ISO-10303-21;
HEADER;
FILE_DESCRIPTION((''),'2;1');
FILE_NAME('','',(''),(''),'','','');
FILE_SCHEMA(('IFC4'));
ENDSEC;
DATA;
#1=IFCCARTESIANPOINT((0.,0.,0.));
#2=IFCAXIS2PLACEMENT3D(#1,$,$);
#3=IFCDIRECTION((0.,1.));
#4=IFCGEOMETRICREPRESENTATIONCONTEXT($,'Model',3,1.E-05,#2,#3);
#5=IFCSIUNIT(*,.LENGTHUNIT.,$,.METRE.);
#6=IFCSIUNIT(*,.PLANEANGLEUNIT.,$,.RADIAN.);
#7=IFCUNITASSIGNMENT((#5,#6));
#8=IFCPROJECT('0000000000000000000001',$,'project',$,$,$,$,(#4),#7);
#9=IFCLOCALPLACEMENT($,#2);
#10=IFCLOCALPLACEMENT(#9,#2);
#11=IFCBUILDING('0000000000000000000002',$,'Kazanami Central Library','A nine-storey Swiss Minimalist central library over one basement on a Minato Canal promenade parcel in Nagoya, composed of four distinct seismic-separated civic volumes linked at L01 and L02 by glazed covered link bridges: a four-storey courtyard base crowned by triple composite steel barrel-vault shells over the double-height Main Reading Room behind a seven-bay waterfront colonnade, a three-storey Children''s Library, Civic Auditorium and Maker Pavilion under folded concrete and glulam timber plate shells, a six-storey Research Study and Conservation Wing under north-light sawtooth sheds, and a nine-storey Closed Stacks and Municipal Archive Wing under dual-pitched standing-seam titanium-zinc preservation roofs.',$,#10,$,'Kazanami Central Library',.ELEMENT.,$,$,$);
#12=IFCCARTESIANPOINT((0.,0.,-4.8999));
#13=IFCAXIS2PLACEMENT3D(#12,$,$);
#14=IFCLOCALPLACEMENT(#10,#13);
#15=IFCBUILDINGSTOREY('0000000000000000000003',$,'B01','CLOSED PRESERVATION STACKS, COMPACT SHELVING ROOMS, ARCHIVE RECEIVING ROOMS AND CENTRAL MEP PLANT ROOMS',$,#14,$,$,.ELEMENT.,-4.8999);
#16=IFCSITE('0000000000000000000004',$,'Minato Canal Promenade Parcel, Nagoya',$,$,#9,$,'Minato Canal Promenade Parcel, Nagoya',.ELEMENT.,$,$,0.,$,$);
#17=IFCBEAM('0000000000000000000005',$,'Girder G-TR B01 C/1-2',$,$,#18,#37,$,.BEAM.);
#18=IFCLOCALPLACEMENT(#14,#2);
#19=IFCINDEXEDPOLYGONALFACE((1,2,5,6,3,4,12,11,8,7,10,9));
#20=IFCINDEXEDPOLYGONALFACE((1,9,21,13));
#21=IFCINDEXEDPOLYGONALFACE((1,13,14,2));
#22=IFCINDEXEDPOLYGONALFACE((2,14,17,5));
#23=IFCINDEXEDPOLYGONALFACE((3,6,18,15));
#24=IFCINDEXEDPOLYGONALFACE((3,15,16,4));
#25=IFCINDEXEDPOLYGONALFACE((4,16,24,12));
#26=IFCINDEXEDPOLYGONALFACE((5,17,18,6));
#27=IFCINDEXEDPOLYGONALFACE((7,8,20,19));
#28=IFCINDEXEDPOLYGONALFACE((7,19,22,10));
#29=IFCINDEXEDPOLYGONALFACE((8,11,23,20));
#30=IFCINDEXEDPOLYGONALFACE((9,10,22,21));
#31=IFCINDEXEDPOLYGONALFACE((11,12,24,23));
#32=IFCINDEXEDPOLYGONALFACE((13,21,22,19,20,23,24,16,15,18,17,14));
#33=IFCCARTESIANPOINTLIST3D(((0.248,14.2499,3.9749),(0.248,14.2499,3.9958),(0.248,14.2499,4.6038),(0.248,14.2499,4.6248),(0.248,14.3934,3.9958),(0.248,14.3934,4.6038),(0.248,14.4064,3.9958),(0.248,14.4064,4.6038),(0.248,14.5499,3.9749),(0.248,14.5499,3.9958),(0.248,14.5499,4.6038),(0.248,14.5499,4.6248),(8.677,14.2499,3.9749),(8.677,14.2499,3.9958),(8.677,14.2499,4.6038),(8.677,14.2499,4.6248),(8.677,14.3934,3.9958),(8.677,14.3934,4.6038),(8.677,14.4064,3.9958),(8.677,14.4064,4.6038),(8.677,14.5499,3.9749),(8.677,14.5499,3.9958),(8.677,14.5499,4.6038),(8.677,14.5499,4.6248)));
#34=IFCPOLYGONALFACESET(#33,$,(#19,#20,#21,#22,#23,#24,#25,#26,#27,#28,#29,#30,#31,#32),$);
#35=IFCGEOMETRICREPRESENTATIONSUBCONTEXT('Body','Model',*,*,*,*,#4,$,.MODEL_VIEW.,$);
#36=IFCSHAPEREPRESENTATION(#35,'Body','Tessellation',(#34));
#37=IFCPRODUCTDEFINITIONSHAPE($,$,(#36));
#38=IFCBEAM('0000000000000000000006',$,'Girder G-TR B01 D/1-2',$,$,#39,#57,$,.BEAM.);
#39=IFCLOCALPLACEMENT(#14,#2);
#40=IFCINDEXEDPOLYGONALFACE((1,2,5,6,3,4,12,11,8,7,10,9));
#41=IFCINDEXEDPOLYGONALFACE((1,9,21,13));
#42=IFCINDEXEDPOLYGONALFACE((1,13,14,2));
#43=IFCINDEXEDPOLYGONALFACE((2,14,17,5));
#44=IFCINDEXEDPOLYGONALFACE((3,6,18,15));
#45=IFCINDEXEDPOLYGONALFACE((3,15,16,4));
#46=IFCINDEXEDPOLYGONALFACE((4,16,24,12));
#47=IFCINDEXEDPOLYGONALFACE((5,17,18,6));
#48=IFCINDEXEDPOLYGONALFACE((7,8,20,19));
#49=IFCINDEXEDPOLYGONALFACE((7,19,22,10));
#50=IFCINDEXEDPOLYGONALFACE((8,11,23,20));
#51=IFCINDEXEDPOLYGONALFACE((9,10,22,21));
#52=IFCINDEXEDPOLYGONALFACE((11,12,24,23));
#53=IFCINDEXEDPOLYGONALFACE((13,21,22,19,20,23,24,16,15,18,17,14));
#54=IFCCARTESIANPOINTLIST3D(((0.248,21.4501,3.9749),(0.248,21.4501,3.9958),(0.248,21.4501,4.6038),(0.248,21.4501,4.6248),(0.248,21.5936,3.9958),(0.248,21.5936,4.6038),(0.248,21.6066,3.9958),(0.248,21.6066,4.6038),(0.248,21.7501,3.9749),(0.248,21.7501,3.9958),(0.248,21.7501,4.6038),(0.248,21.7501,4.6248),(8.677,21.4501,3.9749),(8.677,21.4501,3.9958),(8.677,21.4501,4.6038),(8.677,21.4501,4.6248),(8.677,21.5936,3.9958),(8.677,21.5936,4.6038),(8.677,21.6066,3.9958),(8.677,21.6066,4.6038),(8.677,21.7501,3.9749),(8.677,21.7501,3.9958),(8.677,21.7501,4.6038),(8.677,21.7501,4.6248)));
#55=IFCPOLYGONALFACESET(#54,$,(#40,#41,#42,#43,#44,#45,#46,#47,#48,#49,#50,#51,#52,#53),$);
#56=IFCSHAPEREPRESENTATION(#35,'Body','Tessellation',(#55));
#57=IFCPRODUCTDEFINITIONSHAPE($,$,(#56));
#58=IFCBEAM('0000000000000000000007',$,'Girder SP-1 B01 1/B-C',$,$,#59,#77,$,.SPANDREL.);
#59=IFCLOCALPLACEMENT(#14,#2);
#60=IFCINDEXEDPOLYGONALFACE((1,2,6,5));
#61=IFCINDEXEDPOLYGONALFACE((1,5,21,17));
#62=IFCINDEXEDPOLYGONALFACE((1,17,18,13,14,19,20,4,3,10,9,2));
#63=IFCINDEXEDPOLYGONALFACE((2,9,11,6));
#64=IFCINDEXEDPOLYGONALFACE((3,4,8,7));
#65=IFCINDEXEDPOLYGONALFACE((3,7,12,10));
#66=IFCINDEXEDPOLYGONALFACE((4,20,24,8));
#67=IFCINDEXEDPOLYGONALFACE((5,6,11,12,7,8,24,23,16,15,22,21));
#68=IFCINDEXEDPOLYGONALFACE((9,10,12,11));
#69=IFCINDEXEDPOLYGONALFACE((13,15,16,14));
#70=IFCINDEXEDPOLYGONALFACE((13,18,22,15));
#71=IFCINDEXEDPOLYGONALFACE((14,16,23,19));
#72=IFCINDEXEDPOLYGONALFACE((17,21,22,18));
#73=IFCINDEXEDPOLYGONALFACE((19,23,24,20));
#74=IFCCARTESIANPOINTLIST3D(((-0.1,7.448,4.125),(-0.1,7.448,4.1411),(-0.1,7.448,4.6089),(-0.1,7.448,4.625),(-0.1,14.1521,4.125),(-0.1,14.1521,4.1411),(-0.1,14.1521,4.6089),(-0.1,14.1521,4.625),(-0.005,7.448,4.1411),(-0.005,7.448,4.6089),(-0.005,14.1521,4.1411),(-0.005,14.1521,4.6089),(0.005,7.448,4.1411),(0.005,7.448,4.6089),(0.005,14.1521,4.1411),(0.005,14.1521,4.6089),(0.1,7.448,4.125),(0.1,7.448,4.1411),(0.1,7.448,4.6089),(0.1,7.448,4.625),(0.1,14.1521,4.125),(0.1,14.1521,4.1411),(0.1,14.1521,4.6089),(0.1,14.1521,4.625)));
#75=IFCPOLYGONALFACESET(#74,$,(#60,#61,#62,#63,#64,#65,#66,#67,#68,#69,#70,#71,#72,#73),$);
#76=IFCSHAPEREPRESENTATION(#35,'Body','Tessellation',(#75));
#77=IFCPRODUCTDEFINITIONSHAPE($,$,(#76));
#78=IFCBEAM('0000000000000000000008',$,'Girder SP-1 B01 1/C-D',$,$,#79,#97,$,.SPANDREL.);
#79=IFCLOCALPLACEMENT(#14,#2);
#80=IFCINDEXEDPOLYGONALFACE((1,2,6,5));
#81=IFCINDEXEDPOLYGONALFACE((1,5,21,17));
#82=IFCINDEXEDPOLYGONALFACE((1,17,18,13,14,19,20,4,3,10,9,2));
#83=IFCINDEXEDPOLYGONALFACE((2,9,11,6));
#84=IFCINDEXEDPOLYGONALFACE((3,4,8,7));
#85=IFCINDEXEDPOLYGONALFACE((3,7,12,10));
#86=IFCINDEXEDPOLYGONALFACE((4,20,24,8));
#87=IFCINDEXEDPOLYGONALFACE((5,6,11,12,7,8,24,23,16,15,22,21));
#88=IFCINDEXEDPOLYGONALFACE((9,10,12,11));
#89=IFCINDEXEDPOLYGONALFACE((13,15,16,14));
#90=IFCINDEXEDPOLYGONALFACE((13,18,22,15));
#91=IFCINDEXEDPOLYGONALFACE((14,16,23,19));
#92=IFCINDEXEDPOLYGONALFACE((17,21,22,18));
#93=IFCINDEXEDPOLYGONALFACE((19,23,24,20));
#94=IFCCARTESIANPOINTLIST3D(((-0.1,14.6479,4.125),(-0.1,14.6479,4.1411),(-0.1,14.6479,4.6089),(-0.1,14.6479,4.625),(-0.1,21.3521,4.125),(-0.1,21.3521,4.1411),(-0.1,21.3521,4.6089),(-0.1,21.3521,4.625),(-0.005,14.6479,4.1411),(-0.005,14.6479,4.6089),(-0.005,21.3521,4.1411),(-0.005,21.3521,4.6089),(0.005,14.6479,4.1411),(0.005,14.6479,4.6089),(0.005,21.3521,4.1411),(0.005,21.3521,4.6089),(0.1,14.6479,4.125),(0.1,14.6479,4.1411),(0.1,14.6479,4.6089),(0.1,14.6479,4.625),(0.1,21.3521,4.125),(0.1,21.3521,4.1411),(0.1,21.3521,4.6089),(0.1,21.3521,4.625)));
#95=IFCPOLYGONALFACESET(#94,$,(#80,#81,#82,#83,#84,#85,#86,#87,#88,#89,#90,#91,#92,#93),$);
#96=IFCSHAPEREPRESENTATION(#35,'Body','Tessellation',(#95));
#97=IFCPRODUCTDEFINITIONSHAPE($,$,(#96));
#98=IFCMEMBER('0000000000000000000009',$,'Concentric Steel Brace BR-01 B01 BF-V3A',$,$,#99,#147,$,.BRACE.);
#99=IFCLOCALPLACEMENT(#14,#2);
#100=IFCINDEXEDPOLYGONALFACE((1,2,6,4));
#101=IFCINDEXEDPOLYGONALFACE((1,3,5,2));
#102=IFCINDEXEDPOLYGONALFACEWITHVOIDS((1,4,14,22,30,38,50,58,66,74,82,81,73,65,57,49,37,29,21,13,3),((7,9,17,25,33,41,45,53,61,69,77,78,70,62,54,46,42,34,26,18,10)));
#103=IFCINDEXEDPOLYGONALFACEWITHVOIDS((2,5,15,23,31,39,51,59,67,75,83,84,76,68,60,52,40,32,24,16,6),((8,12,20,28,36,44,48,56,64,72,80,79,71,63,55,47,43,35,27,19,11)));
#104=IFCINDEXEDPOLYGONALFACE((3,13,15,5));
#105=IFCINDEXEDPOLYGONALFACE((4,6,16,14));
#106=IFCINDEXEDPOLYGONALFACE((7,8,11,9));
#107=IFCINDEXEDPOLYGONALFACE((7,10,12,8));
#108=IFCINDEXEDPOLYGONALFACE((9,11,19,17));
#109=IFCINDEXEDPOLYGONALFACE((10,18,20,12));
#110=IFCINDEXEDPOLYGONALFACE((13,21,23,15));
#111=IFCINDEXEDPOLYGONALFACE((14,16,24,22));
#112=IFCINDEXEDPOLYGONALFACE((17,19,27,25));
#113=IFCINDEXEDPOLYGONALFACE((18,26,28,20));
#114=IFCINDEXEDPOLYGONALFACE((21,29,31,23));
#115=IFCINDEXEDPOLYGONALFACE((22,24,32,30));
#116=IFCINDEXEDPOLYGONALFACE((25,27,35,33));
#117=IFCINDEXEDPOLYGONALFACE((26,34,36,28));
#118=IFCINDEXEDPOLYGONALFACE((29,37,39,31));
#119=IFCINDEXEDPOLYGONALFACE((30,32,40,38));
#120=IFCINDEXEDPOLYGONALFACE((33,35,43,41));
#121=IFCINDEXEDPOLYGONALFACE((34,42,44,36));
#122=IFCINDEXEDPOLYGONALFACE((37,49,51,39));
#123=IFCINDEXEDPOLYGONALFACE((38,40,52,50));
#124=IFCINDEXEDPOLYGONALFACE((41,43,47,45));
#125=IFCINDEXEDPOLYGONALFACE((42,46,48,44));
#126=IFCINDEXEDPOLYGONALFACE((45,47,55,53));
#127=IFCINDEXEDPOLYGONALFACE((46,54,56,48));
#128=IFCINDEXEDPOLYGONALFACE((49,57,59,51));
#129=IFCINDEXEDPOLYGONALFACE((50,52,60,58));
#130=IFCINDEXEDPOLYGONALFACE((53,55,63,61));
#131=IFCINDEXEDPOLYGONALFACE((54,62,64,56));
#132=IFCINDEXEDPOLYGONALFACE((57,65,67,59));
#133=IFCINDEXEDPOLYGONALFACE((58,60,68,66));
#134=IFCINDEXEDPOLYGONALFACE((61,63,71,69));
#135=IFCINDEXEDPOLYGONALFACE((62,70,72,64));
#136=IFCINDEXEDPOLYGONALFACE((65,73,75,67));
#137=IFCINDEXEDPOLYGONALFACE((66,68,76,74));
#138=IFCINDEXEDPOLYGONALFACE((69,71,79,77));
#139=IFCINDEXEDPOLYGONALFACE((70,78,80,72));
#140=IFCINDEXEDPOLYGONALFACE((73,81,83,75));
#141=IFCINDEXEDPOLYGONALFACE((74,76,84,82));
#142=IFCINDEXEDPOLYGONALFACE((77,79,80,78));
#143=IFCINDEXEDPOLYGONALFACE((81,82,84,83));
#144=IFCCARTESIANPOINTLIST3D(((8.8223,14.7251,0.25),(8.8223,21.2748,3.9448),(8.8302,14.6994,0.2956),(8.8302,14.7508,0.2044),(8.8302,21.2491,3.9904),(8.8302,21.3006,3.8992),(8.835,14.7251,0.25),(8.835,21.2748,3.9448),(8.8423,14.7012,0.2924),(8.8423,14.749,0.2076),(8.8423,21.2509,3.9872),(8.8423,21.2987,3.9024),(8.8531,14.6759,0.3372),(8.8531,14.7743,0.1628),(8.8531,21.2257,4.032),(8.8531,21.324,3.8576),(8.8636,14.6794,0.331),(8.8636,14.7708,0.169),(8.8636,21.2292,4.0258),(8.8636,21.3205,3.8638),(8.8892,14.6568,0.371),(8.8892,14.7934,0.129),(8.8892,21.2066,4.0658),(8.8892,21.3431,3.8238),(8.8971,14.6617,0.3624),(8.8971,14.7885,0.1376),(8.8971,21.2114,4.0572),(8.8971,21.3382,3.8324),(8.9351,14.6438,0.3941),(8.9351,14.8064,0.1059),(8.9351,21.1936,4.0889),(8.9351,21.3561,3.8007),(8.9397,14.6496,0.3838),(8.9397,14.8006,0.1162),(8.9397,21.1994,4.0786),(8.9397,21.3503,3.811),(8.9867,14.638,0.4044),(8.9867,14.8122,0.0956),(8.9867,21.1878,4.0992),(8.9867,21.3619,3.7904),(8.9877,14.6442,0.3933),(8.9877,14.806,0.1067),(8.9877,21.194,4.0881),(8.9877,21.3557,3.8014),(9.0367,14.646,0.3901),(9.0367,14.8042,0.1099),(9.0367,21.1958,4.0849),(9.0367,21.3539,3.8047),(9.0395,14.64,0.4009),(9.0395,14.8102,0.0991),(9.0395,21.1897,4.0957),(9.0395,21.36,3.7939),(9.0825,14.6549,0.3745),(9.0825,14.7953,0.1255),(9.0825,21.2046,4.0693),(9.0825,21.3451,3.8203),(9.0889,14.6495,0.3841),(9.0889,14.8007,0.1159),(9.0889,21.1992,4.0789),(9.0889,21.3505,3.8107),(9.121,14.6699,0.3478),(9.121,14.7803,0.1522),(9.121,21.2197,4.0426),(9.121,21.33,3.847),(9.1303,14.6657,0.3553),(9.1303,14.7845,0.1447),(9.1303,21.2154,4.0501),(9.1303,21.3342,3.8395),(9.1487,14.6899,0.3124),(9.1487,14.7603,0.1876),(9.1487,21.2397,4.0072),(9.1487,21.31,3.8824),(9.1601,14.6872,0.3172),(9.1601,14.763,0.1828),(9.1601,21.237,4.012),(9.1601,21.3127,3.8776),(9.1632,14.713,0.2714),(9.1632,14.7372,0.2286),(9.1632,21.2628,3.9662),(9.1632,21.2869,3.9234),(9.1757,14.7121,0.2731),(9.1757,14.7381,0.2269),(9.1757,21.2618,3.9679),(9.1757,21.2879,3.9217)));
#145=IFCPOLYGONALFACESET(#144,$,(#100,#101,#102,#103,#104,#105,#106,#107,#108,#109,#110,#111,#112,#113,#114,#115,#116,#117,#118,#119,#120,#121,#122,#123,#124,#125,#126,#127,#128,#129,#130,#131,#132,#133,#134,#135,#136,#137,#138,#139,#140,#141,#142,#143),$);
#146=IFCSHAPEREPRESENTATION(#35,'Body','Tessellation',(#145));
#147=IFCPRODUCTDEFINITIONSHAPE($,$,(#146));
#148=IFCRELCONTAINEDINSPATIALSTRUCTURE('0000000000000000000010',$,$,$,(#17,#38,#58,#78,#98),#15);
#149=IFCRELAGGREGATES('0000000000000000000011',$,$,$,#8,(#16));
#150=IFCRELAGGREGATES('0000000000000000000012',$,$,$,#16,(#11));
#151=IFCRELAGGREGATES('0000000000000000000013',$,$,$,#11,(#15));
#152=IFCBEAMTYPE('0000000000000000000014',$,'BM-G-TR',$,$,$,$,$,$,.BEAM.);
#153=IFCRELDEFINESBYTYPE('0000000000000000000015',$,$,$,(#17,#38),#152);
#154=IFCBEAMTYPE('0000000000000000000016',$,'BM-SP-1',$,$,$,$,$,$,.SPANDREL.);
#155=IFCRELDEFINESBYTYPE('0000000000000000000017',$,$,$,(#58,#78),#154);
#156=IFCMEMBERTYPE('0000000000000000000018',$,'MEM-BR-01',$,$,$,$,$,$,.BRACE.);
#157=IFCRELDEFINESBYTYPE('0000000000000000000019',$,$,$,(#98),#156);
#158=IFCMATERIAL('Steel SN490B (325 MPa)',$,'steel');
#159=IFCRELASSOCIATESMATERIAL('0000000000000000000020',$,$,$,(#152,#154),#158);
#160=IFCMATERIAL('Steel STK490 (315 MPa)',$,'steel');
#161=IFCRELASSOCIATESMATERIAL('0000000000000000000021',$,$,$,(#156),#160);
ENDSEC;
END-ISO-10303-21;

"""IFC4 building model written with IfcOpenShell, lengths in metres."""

from ifc_helpers import new_model, si_unit, direction, frame, origin, origin_2d, place, context, subcontext, project, spatial, hollow_circle, i_section, extrude, material, material_profile, profile_set, type_object, element, save


model = new_model("IFC4")

# Units and contexts
model_context = context("Model", 3, precision=1e-05, world=origin(), true_north=direction((0.0, 1.0)))
body_context = subcontext(model_context, "Body", "Model", "MODEL_VIEW")
ifc_project = project(units=[si_unit("LENGTHUNIT", "METRE"), si_unit("PLANEANGLEUNIT", "RADIAN")], contexts=[model_context])

# Site, building, storey
site_placement = place(None, origin())
site = spatial("IfcSite", under=ifc_project, at=site_placement, Name="Minato Canal Promenade Parcel, Nagoya", LongName="Minato Canal Promenade Parcel, Nagoya", CompositionType="ELEMENT", RefElevation=0.0)
building_placement = place(site_placement, origin())
building = spatial("IfcBuilding", under=site, at=building_placement, Name="Kazanami Central Library", Description="A nine-storey Swiss Minimalist central library over one basement on a Minato Canal promenade parcel in Nagoya, composed of four distinct seismic-separated civic volumes linked at L01 and L02 by glazed covered link bridges: a four-storey courtyard base crowned by triple composite steel barrel-vault shells over the double-height Main Reading Room behind a seven-bay waterfront colonnade, a three-storey Children's Library, Civic Auditorium and Maker Pavilion under folded concrete and glulam timber plate shells, a six-storey Research Study and Conservation Wing under north-light sawtooth sheds, and a nine-storey Closed Stacks and Municipal Archive Wing under dual-pitched standing-seam titanium-zinc preservation roofs.", LongName="Kazanami Central Library", CompositionType="ELEMENT")
storey_placement = place(building_placement, frame((0.0, 0.0, -4.8999)))
storey = spatial("IfcBuildingStorey", under=building, at=storey_placement, Name="B01", Description="CLOSED PRESERVATION STACKS, COMPACT SHELVING ROOMS, ARCHIVE RECEIVING ROOMS AND CENTRAL MEP PLANT ROOMS", CompositionType="ELEMENT", Elevation=-4.8999)

# Beams
ifc_material_1 = material(Name="Steel SN490B (325 MPa)", Category="steel")
ifc_material_profile_1 = material_profile(ifc_material_1, i_section(OverallWidth=0.3, OverallDepth=0.6499, WebThickness=0.0129, FlangeThickness=0.021, at=origin_2d()), Name="H-650x300x13x21")
ifc_profile_set_1 = profile_set([ifc_material_profile_1], Name="Steel SN490B (325 MPa)")
beam_type_1 = type_object("IfcBeamType", Name="BM-G-TR", PredefinedType="BEAM", material=ifc_profile_set_1)
for number, where, z_axis, x_axis, name in (
    (1, (0.248, 14.3999, 4.2998), (1.0, 0.0, 0.0), (0.0, 1.0, 0.0), "Girder G-TR B01 C/1-2"),
    (2, (0.248, 21.6001, 4.2998), (1.0, 0.0, 0.0), (0.0, 1.0, 0.0), "Girder G-TR B01 D/1-2"),
):
    element("IfcBeam", number, at=place(storey_placement, frame(where, z_axis=z_axis, x_axis=x_axis)), inside=storey, type_object=beam_type_1, Name=name, PredefinedType="BEAM", context=body_context, shape_type="SweptSolid", body=[
        extrude(i_section(OverallWidth=0.3, OverallDepth=0.6499, WebThickness=0.0129, FlangeThickness=0.021, at=origin_2d()), origin(), (0.0, 0.0, 1.0), 8.429),
    ])
ifc_material_profile_2 = material_profile(ifc_material_1, i_section(OverallWidth=0.2, OverallDepth=0.5, WebThickness=0.01, FlangeThickness=0.0161, at=origin_2d()), Name="H-500x200x10x16")
ifc_profile_set_2 = profile_set([ifc_material_profile_2], Name="Steel SN490B (325 MPa)")
beam_type_2 = type_object("IfcBeamType", Name="BM-SP-1", PredefinedType="SPANDREL", material=ifc_profile_set_2)
for number, where, z_axis, x_axis, name in (
    (3, (0.0, 7.448, 4.375), (0.0, 1.0, 0.0), (-1.0, 0.0, 0.0), "Girder SP-1 B01 1/B-C"),
    (4, (0.0, 14.6479, 4.375), (0.0, 1.0, 0.0), (-1.0, 0.0, 0.0), "Girder SP-1 B01 1/C-D"),
):
    element("IfcBeam", number, at=place(storey_placement, frame(where, z_axis=z_axis, x_axis=x_axis)), inside=storey, type_object=beam_type_2, Name=name, PredefinedType="SPANDREL", context=body_context, shape_type="SweptSolid", body=[
        extrude(i_section(OverallWidth=0.2, OverallDepth=0.5, WebThickness=0.01, FlangeThickness=0.0161, at=origin_2d()), origin(), (0.0, 0.0, 1.0), 6.7041),
    ])

# Member
ifc_material_2 = material(Name="Steel STK490 (315 MPa)", Category="steel")
ifc_material_profile_3 = material_profile(ifc_material_2, hollow_circle(Radius=0.1777, WallThickness=0.0127, at=origin_2d()), Name="CHS-355.6x12.7")
ifc_profile_set_3 = profile_set([ifc_material_profile_3], Name="Steel STK490 (315 MPa)")
member_type = type_object("IfcMemberType", Name="MEM-BR-01", PredefinedType="BRACE", material=ifc_profile_set_3)
member_placement = place(storey_placement, frame((9.0, 14.7251, 0.25), z_axis=(0.0, 0.870975, 0.491328), x_axis=(-1.0, 0.0, 0.0)))
element("IfcMember", 5, at=member_placement, inside=storey, type_object=member_type, Name="Concentric Steel Brace BR-01 B01 BF-V3A", PredefinedType="BRACE", context=body_context, shape_type="SweptSolid", body=[
    extrude(hollow_circle(Radius=0.1777, WallThickness=0.0127, at=origin_2d()), origin(), (0.0, 0.0, 1.0), 7.52),
])

save(model, "model.ifc")
